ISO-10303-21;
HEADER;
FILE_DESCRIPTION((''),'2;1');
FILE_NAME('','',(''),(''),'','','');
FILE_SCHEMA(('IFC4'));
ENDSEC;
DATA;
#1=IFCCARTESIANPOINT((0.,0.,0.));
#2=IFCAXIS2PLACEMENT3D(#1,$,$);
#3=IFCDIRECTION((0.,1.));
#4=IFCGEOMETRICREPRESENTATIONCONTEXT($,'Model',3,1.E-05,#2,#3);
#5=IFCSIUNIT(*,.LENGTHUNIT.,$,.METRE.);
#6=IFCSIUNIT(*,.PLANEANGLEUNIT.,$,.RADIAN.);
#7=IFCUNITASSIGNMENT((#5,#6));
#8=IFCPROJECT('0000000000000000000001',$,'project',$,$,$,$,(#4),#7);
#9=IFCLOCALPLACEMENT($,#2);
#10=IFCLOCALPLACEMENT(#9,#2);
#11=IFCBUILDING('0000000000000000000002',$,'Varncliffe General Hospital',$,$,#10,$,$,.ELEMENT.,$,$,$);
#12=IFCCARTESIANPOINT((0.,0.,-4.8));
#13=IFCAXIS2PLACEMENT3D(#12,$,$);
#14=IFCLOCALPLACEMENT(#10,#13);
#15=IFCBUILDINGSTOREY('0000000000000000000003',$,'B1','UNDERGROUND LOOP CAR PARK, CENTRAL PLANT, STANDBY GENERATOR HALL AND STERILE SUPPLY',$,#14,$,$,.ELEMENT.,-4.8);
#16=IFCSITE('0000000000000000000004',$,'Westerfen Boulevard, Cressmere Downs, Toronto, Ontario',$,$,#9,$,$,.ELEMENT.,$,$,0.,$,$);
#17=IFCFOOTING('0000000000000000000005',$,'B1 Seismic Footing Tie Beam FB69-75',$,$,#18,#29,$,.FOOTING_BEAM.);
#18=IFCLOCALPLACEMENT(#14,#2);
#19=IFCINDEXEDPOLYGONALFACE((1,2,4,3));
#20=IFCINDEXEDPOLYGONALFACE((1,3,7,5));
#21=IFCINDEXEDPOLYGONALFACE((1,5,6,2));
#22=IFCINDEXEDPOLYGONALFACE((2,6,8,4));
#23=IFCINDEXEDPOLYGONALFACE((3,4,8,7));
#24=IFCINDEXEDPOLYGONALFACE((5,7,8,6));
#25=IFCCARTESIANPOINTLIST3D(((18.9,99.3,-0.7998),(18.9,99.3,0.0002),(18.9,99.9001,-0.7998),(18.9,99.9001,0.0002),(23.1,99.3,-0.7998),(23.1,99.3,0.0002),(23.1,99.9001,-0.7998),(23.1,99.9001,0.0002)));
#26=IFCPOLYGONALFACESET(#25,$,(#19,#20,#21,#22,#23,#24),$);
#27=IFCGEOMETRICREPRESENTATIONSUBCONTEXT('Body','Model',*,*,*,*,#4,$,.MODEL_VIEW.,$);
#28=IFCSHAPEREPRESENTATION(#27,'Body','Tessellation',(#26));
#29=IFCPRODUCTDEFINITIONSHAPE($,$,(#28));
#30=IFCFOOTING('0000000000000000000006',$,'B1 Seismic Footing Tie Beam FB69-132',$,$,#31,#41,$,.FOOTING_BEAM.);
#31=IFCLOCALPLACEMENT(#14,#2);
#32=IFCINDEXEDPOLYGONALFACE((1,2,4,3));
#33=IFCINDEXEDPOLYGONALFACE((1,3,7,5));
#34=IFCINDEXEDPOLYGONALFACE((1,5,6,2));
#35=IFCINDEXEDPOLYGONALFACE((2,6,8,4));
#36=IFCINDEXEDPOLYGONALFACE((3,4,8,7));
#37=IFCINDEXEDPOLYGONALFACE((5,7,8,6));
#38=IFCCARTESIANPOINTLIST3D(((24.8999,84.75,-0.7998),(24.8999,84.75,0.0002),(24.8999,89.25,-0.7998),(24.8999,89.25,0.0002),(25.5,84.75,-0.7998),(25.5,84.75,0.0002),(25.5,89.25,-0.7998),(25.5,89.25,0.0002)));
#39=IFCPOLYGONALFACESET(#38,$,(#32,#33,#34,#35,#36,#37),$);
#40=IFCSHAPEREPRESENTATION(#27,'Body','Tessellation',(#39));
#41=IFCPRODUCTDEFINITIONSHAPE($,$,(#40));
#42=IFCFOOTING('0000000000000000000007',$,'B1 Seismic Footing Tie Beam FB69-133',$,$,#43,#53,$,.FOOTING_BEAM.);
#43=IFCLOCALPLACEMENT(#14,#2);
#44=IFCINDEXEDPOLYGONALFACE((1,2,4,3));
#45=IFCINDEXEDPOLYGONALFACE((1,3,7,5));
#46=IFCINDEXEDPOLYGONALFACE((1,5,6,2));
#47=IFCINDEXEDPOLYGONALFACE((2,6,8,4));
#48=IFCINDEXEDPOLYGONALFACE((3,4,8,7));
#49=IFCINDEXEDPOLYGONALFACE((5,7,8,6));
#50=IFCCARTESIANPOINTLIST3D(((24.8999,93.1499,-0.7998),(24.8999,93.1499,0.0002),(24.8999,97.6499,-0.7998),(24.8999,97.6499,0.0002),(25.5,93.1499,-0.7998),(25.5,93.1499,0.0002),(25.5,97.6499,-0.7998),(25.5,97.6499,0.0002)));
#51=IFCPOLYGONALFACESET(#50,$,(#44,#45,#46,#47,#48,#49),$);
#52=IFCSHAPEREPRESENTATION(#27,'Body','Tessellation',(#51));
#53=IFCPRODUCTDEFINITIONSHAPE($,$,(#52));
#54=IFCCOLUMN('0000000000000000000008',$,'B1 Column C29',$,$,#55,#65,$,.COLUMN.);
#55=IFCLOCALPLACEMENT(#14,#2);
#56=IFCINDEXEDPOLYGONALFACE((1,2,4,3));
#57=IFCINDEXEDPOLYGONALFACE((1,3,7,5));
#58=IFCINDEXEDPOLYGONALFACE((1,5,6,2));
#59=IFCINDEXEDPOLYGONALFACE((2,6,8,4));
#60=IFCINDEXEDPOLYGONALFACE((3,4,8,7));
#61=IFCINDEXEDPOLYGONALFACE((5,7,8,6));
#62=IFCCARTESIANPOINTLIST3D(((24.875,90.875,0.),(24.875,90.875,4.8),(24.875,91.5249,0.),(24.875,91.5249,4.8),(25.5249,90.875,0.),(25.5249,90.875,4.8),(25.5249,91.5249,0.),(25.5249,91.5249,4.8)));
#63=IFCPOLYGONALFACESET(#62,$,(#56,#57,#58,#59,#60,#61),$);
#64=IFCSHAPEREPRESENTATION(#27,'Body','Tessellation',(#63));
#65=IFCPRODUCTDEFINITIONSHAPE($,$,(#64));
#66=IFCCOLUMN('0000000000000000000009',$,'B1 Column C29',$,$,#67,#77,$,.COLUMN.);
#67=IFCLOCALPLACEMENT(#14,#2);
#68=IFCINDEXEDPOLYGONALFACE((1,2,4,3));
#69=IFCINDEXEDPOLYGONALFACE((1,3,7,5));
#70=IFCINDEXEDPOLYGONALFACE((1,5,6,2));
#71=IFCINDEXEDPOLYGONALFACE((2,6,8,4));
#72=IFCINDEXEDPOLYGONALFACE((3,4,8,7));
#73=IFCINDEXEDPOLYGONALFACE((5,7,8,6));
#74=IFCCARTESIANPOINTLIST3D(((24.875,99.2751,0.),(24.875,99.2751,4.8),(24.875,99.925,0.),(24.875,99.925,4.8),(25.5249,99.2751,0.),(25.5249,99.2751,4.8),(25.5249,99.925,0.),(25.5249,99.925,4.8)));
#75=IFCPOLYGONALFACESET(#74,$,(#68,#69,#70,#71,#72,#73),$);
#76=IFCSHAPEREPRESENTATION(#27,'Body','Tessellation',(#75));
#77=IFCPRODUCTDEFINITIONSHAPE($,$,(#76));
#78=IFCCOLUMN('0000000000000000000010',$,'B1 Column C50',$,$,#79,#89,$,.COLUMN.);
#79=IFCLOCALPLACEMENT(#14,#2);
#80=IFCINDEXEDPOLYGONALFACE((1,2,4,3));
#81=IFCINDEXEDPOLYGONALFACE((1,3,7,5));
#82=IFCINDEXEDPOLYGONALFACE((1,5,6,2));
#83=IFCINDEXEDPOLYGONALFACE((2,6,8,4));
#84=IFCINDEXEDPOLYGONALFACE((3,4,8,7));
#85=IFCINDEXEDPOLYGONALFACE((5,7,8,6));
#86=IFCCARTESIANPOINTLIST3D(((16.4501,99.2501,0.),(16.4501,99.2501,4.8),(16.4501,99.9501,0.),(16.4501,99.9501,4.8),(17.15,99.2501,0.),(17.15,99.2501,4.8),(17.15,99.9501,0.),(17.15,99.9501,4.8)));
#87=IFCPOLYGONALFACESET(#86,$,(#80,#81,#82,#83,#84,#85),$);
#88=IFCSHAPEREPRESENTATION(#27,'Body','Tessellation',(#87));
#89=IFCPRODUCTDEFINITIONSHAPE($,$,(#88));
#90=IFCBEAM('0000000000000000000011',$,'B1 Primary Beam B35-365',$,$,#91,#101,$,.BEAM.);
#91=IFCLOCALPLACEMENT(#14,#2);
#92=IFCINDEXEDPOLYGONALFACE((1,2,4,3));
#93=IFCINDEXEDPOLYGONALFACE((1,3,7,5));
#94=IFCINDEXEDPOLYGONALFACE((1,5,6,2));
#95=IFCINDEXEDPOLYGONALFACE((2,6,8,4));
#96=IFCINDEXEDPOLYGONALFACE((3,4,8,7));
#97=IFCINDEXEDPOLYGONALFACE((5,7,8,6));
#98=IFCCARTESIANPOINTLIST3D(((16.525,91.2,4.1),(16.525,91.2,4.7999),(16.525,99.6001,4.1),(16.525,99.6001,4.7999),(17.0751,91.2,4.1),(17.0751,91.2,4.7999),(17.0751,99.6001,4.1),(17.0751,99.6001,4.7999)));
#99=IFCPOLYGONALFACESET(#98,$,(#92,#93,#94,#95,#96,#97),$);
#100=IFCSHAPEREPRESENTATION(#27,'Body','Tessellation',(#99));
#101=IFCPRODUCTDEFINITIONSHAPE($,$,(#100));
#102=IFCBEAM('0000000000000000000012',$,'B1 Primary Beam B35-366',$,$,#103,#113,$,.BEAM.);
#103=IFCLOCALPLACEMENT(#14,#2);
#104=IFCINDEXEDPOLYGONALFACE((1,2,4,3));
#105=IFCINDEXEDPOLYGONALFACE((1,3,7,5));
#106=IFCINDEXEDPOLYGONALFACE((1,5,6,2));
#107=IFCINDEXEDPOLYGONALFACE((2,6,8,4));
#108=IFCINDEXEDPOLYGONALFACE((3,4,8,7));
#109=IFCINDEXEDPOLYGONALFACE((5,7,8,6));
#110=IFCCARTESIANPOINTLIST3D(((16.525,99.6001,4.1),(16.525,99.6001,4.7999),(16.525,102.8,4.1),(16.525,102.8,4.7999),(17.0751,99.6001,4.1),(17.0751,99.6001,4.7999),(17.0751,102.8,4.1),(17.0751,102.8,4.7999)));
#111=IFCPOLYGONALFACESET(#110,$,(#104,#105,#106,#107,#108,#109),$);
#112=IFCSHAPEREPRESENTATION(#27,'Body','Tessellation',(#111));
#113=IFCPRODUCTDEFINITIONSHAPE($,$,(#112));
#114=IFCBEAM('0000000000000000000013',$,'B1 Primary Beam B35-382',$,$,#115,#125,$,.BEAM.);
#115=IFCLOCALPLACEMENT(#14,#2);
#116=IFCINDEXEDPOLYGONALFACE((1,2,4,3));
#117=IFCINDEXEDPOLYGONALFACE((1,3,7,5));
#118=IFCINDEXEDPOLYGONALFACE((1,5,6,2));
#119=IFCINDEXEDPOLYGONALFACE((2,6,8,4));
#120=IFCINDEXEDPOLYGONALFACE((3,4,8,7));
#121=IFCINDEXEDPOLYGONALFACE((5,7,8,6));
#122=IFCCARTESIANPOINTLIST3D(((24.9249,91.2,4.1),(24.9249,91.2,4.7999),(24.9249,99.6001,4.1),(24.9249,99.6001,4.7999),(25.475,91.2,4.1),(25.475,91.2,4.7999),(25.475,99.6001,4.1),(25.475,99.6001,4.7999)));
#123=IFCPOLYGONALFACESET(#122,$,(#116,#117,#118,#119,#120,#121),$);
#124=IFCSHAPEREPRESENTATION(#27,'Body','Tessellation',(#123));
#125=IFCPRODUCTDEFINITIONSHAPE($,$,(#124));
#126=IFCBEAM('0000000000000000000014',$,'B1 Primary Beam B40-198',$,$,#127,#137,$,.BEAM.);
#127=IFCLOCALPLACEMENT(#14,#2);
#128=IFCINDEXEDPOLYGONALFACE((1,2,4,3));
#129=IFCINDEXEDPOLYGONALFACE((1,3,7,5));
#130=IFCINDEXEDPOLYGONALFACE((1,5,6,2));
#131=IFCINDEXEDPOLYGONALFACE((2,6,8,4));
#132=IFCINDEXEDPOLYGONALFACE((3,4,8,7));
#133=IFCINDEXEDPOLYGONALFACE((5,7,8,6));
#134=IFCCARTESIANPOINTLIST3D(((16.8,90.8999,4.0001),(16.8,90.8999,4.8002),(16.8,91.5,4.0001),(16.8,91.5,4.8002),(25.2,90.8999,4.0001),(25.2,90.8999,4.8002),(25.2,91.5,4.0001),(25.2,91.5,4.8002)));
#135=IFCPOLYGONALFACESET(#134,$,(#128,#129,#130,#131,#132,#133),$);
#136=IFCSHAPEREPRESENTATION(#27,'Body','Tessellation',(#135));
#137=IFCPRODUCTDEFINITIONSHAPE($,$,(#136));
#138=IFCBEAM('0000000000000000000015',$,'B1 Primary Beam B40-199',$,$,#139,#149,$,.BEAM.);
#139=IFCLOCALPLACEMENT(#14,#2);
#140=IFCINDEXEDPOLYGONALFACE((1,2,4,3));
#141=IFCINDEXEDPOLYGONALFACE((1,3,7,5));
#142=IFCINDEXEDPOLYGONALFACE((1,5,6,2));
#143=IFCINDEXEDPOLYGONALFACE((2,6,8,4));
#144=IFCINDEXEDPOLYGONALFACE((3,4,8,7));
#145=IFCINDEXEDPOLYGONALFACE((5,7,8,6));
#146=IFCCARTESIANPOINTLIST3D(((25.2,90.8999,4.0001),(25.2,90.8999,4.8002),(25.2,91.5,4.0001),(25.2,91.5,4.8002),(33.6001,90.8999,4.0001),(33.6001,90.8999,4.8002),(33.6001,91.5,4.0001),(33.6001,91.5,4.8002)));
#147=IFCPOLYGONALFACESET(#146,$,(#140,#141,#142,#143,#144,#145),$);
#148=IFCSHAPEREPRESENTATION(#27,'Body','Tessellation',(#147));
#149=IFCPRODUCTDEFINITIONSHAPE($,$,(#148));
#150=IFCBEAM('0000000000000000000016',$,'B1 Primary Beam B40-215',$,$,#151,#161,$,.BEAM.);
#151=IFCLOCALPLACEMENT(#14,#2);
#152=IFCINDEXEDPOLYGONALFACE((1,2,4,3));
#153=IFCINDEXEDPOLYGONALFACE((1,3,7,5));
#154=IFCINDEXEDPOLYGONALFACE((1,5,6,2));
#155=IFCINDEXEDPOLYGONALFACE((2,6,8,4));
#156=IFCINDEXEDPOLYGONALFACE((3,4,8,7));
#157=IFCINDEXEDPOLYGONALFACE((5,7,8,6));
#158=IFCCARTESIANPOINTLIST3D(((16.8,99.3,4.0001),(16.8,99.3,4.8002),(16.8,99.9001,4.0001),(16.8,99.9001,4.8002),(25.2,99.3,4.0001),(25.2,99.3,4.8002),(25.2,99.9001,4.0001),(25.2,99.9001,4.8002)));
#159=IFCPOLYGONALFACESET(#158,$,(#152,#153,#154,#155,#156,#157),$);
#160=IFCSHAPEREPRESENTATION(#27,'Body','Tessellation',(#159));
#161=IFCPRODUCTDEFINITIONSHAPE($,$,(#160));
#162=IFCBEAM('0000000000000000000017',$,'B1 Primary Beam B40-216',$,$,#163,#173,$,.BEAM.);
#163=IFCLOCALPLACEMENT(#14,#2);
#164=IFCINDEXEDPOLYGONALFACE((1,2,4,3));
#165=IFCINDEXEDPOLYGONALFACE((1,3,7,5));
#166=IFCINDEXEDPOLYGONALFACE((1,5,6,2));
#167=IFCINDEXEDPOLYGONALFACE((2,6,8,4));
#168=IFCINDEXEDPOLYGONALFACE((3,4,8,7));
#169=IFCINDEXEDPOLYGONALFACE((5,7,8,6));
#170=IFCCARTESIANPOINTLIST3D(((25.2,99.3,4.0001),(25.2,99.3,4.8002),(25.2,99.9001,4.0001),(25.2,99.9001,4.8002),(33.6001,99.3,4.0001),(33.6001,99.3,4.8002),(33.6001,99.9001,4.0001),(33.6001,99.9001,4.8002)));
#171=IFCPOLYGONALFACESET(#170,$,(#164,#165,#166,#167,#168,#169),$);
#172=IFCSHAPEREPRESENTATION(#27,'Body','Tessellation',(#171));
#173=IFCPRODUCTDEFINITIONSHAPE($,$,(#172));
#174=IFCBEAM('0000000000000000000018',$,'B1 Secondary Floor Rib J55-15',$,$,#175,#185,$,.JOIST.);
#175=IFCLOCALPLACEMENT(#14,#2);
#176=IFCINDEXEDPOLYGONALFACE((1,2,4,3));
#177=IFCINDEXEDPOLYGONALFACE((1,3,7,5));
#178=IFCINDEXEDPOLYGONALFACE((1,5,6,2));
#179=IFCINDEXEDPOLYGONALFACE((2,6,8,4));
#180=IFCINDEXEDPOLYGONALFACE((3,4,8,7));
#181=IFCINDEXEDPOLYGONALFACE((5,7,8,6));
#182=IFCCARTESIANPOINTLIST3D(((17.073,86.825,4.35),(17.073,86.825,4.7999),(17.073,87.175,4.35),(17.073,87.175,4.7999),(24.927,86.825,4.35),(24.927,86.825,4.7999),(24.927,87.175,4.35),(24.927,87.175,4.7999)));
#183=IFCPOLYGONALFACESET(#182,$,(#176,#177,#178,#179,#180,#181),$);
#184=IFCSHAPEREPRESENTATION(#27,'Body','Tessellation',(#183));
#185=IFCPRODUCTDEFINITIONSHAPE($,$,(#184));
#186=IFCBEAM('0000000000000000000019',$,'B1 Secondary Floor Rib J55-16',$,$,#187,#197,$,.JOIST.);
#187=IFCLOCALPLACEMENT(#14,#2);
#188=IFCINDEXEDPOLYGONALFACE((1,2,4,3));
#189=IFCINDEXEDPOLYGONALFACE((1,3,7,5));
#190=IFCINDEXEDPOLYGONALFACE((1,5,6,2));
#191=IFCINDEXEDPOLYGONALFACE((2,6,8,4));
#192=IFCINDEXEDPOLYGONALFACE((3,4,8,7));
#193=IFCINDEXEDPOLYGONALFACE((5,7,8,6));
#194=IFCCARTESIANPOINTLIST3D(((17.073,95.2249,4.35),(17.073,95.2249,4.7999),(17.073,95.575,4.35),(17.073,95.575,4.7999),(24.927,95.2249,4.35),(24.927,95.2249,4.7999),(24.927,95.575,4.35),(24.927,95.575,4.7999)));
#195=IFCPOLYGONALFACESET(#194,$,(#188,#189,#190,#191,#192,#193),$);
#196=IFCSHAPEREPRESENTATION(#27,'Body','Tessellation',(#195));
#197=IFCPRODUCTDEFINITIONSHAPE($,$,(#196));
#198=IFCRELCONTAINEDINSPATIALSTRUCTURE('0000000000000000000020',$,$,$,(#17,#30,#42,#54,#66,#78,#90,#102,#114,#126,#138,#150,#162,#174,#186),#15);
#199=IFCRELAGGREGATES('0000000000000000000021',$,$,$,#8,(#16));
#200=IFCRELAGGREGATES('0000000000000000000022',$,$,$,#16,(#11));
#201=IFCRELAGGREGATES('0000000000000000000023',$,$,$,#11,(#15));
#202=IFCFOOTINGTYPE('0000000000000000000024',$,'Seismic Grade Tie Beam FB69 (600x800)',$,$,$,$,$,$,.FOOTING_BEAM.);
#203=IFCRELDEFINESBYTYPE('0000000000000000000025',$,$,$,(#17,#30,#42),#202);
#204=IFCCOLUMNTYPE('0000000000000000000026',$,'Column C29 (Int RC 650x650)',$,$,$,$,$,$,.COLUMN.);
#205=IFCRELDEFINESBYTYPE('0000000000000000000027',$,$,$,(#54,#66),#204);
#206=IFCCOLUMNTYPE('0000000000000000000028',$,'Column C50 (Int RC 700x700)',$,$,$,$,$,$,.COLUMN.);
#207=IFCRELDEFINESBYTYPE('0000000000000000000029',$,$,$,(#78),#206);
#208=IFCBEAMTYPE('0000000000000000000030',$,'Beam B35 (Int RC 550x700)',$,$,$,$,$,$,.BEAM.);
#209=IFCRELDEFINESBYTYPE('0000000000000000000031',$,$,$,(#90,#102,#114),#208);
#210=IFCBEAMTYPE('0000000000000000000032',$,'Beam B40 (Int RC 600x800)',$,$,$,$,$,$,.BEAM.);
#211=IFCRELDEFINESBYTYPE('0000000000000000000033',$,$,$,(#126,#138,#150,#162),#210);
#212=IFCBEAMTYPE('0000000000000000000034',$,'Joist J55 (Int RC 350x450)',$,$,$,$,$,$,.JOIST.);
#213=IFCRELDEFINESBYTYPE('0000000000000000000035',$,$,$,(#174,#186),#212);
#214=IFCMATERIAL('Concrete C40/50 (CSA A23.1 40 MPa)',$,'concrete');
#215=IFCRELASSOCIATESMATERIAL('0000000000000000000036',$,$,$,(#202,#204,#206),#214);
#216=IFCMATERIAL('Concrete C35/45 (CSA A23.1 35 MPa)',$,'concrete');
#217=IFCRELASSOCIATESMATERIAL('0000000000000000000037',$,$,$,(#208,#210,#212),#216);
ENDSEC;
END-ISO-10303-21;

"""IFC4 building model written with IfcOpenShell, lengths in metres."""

from ifc_helpers import new_model, si_unit, direction, frame, origin, origin_2d, place, context, subcontext, project, spatial, rectangle, extrude, material, material_profile, profile_set, type_object, element, save


model = new_model("IFC4")

# Units and contexts
model_context = context("Model", 3, precision=1e-05, world=origin(), true_north=direction((0.0, 1.0)))
body_context = subcontext(model_context, "Body", "Model", "MODEL_VIEW")
ifc_project = project(units=[si_unit("LENGTHUNIT", "METRE"), si_unit("PLANEANGLEUNIT", "RADIAN")], contexts=[model_context])

# Site, building, storey
site_placement = place(None, origin())
site = spatial("IfcSite", under=ifc_project, at=site_placement, Name="Westerfen Boulevard, Cressmere Downs, Toronto, Ontario", CompositionType="ELEMENT", RefElevation=0.0)
building_placement = place(site_placement, origin())
building = spatial("IfcBuilding", under=site, at=building_placement, Name="Varncliffe General Hospital", CompositionType="ELEMENT")
storey_placement = place(building_placement, frame((0.0, 0.0, -4.8)))
storey = spatial("IfcBuildingStorey", under=building, at=storey_placement, Name="B1", Description="UNDERGROUND LOOP CAR PARK, CENTRAL PLANT, STANDBY GENERATOR HALL AND STERILE SUPPLY", CompositionType="ELEMENT", Elevation=-4.8)

# Shared definitions
ifc_material_1 = material(Name="Concrete C40/50 (CSA A23.1 40 MPa)", Category="concrete")

# Footings
footing_type_1 = type_object("IfcFootingType", Name="Seismic Grade Tie Beam FB69 (600x800)", PredefinedType="FOOTING_BEAM", material=ifc_material_1)
footing_1_placement = place(storey_placement, frame((21.0, 99.6001, -0.7998), z_axis=(0.0, 0.0, 1.0), x_axis=(1.0, 0.0, 0.0)))
element("IfcFooting", 1, at=footing_1_placement, inside=storey, type_object=footing_type_1, Name="B1 Seismic Footing Tie Beam FB69-75", PredefinedType="FOOTING_BEAM", context=body_context, shape_type="SweptSolid", body=[
    extrude(rectangle(XDim=4.2, YDim=0.6001, at=origin_2d()), origin(), (0.0, 0.0, 1.0), 0.8),
])
for number, where, z_axis, x_axis, name in (
    (2, (25.2, 87.0, -0.7998), (0.0, 0.0, 1.0), (1.0, 0.0, 0.0), "B1 Seismic Footing Tie Beam FB69-132"),
    (3, (25.2, 95.3999, -0.7998), (0.0, 0.0, 1.0), (1.0, 0.0, 0.0), "B1 Seismic Footing Tie Beam FB69-133"),
):
    element("IfcFooting", number, at=place(storey_placement, frame(where, z_axis=z_axis, x_axis=x_axis)), inside=storey, type_object=footing_type_1, Name=name, PredefinedType="FOOTING_BEAM", context=body_context, shape_type="SweptSolid", body=[
        extrude(rectangle(XDim=0.6001, YDim=4.5, at=origin_2d()), origin(), (0.0, 0.0, 1.0), 0.8),
    ])

# Columns
ifc_material_profile_1 = material_profile(ifc_material_1, rectangle(XDim=0.6499, YDim=0.6499, at=origin_2d()), Name="RC 650x650")
ifc_profile_set_1 = profile_set([ifc_material_profile_1], Name="Concrete C40/50 (CSA A23.1 40 MPa)")
column_type_1 = type_object("IfcColumnType", Name="Column C29 (Int RC 650x650)", PredefinedType="COLUMN", material=ifc_profile_set_1)
for number, where, z_axis, x_axis, name in (
    (4, (25.2, 91.2, 0.0), (0.0, 0.0, 1.0), (1.0, 0.0, 0.0), "B1 Column C29"),
    (5, (25.2, 99.6001, 0.0), (0.0, 0.0, 1.0), (1.0, 0.0, 0.0), "B1 Column C29"),
):
    element("IfcColumn", number, at=place(storey_placement, frame(where, z_axis=z_axis, x_axis=x_axis)), inside=storey, type_object=column_type_1, Name=name, PredefinedType="COLUMN", context=body_context, shape_type="SweptSolid", body=[
        extrude(rectangle(XDim=0.6499, YDim=0.6499, at=origin_2d()), origin(), (0.0, 0.0, 1.0), 4.8),
    ])
ifc_material_profile_2 = material_profile(ifc_material_1, rectangle(XDim=0.7, YDim=0.7, at=origin_2d()), Name="RC 700x700")
ifc_profile_set_2 = profile_set([ifc_material_profile_2], Name="Concrete C40/50 (CSA A23.1 40 MPa)")
column_type_2 = type_object("IfcColumnType", Name="Column C50 (Int RC 700x700)", PredefinedType="COLUMN", material=ifc_profile_set_2)
column_placement = place(storey_placement, frame((16.8, 99.6001, 0.0), z_axis=(0.0, 0.0, 1.0), x_axis=(1.0, 0.0, 0.0)))
element("IfcColumn", 6, at=column_placement, inside=storey, type_object=column_type_2, Name="B1 Column C50", PredefinedType="COLUMN", context=body_context, shape_type="SweptSolid", body=[
    extrude(rectangle(XDim=0.7, YDim=0.7, at=origin_2d()), origin(), (0.0, 0.0, 1.0), 4.8),
])

# Beams
ifc_material_2 = material(Name="Concrete C35/45 (CSA A23.1 35 MPa)", Category="concrete")
ifc_material_profile_3 = material_profile(ifc_material_2, rectangle(XDim=0.55, YDim=0.7, at=origin_2d()), Name="RC 550x700")
ifc_profile_set_3 = profile_set([ifc_material_profile_3], Name="Concrete C35/45 (CSA A23.1 35 MPa)")
beam_type_1 = type_object("IfcBeamType", Name="Beam B35 (Int RC 550x700)", PredefinedType="BEAM", material=ifc_profile_set_3)
beam_1_placement = place(storey_placement, frame((16.8, 91.2, 4.45), z_axis=(0.0, 1.0, 0.0), x_axis=(-1.0, 0.0, 0.0)))
element("IfcBeam", 7, at=beam_1_placement, inside=storey, type_object=beam_type_1, Name="B1 Primary Beam B35-365", PredefinedType="BEAM", context=body_context, shape_type="SweptSolid", body=[
    extrude(rectangle(XDim=0.55, YDim=0.7, at=origin_2d()), origin(), (0.0, 0.0, 1.0), 8.4001),
])
beam_2_placement = place(storey_placement, frame((16.8, 99.6001, 4.45), z_axis=(0.0, 1.0, 0.0), x_axis=(-1.0, 0.0, 0.0)))
element("IfcBeam", 8, at=beam_2_placement, inside=storey, type_object=beam_type_1, Name="B1 Primary Beam B35-366", PredefinedType="BEAM", context=body_context, shape_type="SweptSolid", body=[
    extrude(rectangle(XDim=0.55, YDim=0.7, at=origin_2d()), origin(), (0.0, 0.0, 1.0), 3.2),
])
beam_3_placement = place(storey_placement, frame((25.2, 91.2, 4.45), z_axis=(0.0, 1.0, 0.0), x_axis=(-1.0, 0.0, 0.0)))
element("IfcBeam", 9, at=beam_3_placement, inside=storey, type_object=beam_type_1, Name="B1 Primary Beam B35-382", PredefinedType="BEAM", context=body_context, shape_type="SweptSolid", body=[
    extrude(rectangle(XDim=0.55, YDim=0.7, at=origin_2d()), origin(), (0.0, 0.0, 1.0), 8.4001),
])
ifc_material_profile_4 = material_profile(ifc_material_2, rectangle(XDim=0.6001, YDim=0.8, at=origin_2d()), Name="RC 600x800")
ifc_profile_set_4 = profile_set([ifc_material_profile_4], Name="Concrete C35/45 (CSA A23.1 35 MPa)")
beam_type_2 = type_object("IfcBeamType", Name="Beam B40 (Int RC 600x800)", PredefinedType="BEAM", material=ifc_profile_set_4)
beam_4_placement = place(storey_placement, frame((16.8, 91.2, 4.4001), z_axis=(1.0, 0.0, 0.0), x_axis=(0.0, 1.0, 0.0)))
element("IfcBeam", 10, at=beam_4_placement, inside=storey, type_object=beam_type_2, Name="B1 Primary Beam B40-198", PredefinedType="BEAM", context=body_context, shape_type="SweptSolid", body=[
    extrude(rectangle(XDim=0.6001, YDim=0.8, at=origin_2d()), origin(), (0.0, 0.0, 1.0), 8.3999),
])
beam_5_placement = place(storey_placement, frame((25.2, 91.2, 4.4001), z_axis=(1.0, 0.0, 0.0), x_axis=(0.0, 1.0, 0.0)))
element("IfcBeam", 11, at=beam_5_placement, inside=storey, type_object=beam_type_2, Name="B1 Primary Beam B40-199", PredefinedType="BEAM", context=body_context, shape_type="SweptSolid", body=[
    extrude(rectangle(XDim=0.6001, YDim=0.8, at=origin_2d()), origin(), (0.0, 0.0, 1.0), 8.4001),
])
beam_6_placement = place(storey_placement, frame((16.8, 99.6001, 4.4001), z_axis=(1.0, 0.0, 0.0), x_axis=(0.0, 1.0, 0.0)))
element("IfcBeam", 12, at=beam_6_placement, inside=storey, type_object=beam_type_2, Name="B1 Primary Beam B40-215", PredefinedType="BEAM", context=body_context, shape_type="SweptSolid", body=[
    extrude(rectangle(XDim=0.6001, YDim=0.8, at=origin_2d()), origin(), (0.0, 0.0, 1.0), 8.3999),
])
beam_7_placement = place(storey_placement, frame((25.2, 99.6001, 4.4001), z_axis=(1.0, 0.0, 0.0), x_axis=(0.0, 1.0, 0.0)))
element("IfcBeam", 13, at=beam_7_placement, inside=storey, type_object=beam_type_2, Name="B1 Primary Beam B40-216", PredefinedType="BEAM", context=body_context, shape_type="SweptSolid", body=[
    extrude(rectangle(XDim=0.6001, YDim=0.8, at=origin_2d()), origin(), (0.0, 0.0, 1.0), 8.4001),
])
ifc_material_profile_5 = material_profile(ifc_material_2, rectangle(XDim=0.3501, YDim=0.45, at=origin_2d()), Name="RC 350x450")
ifc_profile_set_5 = profile_set([ifc_material_profile_5], Name="Concrete C35/45 (CSA A23.1 35 MPa)")
beam_type_3 = type_object("IfcBeamType", Name="Joist J55 (Int RC 350x450)", PredefinedType="JOIST", material=ifc_profile_set_5)
for number, where, z_axis, x_axis, name in (
    (14, (17.073, 87.0, 4.575), (1.0, 0.0, 0.0), (0.0, 1.0, 0.0), "B1 Secondary Floor Rib J55-15"),
    (15, (17.073, 95.3999, 4.575), (1.0, 0.0, 0.0), (0.0, 1.0, 0.0), "B1 Secondary Floor Rib J55-16"),
):
    element("IfcBeam", number, at=place(storey_placement, frame(where, z_axis=z_axis, x_axis=x_axis)), inside=storey, type_object=beam_type_3, Name=name, PredefinedType="JOIST", context=body_context, shape_type="SweptSolid", body=[
        extrude(rectangle(XDim=0.3501, YDim=0.45, at=origin_2d()), origin(), (0.0, 0.0, 1.0), 7.854),
    ])

save(model, "model.ifc")
